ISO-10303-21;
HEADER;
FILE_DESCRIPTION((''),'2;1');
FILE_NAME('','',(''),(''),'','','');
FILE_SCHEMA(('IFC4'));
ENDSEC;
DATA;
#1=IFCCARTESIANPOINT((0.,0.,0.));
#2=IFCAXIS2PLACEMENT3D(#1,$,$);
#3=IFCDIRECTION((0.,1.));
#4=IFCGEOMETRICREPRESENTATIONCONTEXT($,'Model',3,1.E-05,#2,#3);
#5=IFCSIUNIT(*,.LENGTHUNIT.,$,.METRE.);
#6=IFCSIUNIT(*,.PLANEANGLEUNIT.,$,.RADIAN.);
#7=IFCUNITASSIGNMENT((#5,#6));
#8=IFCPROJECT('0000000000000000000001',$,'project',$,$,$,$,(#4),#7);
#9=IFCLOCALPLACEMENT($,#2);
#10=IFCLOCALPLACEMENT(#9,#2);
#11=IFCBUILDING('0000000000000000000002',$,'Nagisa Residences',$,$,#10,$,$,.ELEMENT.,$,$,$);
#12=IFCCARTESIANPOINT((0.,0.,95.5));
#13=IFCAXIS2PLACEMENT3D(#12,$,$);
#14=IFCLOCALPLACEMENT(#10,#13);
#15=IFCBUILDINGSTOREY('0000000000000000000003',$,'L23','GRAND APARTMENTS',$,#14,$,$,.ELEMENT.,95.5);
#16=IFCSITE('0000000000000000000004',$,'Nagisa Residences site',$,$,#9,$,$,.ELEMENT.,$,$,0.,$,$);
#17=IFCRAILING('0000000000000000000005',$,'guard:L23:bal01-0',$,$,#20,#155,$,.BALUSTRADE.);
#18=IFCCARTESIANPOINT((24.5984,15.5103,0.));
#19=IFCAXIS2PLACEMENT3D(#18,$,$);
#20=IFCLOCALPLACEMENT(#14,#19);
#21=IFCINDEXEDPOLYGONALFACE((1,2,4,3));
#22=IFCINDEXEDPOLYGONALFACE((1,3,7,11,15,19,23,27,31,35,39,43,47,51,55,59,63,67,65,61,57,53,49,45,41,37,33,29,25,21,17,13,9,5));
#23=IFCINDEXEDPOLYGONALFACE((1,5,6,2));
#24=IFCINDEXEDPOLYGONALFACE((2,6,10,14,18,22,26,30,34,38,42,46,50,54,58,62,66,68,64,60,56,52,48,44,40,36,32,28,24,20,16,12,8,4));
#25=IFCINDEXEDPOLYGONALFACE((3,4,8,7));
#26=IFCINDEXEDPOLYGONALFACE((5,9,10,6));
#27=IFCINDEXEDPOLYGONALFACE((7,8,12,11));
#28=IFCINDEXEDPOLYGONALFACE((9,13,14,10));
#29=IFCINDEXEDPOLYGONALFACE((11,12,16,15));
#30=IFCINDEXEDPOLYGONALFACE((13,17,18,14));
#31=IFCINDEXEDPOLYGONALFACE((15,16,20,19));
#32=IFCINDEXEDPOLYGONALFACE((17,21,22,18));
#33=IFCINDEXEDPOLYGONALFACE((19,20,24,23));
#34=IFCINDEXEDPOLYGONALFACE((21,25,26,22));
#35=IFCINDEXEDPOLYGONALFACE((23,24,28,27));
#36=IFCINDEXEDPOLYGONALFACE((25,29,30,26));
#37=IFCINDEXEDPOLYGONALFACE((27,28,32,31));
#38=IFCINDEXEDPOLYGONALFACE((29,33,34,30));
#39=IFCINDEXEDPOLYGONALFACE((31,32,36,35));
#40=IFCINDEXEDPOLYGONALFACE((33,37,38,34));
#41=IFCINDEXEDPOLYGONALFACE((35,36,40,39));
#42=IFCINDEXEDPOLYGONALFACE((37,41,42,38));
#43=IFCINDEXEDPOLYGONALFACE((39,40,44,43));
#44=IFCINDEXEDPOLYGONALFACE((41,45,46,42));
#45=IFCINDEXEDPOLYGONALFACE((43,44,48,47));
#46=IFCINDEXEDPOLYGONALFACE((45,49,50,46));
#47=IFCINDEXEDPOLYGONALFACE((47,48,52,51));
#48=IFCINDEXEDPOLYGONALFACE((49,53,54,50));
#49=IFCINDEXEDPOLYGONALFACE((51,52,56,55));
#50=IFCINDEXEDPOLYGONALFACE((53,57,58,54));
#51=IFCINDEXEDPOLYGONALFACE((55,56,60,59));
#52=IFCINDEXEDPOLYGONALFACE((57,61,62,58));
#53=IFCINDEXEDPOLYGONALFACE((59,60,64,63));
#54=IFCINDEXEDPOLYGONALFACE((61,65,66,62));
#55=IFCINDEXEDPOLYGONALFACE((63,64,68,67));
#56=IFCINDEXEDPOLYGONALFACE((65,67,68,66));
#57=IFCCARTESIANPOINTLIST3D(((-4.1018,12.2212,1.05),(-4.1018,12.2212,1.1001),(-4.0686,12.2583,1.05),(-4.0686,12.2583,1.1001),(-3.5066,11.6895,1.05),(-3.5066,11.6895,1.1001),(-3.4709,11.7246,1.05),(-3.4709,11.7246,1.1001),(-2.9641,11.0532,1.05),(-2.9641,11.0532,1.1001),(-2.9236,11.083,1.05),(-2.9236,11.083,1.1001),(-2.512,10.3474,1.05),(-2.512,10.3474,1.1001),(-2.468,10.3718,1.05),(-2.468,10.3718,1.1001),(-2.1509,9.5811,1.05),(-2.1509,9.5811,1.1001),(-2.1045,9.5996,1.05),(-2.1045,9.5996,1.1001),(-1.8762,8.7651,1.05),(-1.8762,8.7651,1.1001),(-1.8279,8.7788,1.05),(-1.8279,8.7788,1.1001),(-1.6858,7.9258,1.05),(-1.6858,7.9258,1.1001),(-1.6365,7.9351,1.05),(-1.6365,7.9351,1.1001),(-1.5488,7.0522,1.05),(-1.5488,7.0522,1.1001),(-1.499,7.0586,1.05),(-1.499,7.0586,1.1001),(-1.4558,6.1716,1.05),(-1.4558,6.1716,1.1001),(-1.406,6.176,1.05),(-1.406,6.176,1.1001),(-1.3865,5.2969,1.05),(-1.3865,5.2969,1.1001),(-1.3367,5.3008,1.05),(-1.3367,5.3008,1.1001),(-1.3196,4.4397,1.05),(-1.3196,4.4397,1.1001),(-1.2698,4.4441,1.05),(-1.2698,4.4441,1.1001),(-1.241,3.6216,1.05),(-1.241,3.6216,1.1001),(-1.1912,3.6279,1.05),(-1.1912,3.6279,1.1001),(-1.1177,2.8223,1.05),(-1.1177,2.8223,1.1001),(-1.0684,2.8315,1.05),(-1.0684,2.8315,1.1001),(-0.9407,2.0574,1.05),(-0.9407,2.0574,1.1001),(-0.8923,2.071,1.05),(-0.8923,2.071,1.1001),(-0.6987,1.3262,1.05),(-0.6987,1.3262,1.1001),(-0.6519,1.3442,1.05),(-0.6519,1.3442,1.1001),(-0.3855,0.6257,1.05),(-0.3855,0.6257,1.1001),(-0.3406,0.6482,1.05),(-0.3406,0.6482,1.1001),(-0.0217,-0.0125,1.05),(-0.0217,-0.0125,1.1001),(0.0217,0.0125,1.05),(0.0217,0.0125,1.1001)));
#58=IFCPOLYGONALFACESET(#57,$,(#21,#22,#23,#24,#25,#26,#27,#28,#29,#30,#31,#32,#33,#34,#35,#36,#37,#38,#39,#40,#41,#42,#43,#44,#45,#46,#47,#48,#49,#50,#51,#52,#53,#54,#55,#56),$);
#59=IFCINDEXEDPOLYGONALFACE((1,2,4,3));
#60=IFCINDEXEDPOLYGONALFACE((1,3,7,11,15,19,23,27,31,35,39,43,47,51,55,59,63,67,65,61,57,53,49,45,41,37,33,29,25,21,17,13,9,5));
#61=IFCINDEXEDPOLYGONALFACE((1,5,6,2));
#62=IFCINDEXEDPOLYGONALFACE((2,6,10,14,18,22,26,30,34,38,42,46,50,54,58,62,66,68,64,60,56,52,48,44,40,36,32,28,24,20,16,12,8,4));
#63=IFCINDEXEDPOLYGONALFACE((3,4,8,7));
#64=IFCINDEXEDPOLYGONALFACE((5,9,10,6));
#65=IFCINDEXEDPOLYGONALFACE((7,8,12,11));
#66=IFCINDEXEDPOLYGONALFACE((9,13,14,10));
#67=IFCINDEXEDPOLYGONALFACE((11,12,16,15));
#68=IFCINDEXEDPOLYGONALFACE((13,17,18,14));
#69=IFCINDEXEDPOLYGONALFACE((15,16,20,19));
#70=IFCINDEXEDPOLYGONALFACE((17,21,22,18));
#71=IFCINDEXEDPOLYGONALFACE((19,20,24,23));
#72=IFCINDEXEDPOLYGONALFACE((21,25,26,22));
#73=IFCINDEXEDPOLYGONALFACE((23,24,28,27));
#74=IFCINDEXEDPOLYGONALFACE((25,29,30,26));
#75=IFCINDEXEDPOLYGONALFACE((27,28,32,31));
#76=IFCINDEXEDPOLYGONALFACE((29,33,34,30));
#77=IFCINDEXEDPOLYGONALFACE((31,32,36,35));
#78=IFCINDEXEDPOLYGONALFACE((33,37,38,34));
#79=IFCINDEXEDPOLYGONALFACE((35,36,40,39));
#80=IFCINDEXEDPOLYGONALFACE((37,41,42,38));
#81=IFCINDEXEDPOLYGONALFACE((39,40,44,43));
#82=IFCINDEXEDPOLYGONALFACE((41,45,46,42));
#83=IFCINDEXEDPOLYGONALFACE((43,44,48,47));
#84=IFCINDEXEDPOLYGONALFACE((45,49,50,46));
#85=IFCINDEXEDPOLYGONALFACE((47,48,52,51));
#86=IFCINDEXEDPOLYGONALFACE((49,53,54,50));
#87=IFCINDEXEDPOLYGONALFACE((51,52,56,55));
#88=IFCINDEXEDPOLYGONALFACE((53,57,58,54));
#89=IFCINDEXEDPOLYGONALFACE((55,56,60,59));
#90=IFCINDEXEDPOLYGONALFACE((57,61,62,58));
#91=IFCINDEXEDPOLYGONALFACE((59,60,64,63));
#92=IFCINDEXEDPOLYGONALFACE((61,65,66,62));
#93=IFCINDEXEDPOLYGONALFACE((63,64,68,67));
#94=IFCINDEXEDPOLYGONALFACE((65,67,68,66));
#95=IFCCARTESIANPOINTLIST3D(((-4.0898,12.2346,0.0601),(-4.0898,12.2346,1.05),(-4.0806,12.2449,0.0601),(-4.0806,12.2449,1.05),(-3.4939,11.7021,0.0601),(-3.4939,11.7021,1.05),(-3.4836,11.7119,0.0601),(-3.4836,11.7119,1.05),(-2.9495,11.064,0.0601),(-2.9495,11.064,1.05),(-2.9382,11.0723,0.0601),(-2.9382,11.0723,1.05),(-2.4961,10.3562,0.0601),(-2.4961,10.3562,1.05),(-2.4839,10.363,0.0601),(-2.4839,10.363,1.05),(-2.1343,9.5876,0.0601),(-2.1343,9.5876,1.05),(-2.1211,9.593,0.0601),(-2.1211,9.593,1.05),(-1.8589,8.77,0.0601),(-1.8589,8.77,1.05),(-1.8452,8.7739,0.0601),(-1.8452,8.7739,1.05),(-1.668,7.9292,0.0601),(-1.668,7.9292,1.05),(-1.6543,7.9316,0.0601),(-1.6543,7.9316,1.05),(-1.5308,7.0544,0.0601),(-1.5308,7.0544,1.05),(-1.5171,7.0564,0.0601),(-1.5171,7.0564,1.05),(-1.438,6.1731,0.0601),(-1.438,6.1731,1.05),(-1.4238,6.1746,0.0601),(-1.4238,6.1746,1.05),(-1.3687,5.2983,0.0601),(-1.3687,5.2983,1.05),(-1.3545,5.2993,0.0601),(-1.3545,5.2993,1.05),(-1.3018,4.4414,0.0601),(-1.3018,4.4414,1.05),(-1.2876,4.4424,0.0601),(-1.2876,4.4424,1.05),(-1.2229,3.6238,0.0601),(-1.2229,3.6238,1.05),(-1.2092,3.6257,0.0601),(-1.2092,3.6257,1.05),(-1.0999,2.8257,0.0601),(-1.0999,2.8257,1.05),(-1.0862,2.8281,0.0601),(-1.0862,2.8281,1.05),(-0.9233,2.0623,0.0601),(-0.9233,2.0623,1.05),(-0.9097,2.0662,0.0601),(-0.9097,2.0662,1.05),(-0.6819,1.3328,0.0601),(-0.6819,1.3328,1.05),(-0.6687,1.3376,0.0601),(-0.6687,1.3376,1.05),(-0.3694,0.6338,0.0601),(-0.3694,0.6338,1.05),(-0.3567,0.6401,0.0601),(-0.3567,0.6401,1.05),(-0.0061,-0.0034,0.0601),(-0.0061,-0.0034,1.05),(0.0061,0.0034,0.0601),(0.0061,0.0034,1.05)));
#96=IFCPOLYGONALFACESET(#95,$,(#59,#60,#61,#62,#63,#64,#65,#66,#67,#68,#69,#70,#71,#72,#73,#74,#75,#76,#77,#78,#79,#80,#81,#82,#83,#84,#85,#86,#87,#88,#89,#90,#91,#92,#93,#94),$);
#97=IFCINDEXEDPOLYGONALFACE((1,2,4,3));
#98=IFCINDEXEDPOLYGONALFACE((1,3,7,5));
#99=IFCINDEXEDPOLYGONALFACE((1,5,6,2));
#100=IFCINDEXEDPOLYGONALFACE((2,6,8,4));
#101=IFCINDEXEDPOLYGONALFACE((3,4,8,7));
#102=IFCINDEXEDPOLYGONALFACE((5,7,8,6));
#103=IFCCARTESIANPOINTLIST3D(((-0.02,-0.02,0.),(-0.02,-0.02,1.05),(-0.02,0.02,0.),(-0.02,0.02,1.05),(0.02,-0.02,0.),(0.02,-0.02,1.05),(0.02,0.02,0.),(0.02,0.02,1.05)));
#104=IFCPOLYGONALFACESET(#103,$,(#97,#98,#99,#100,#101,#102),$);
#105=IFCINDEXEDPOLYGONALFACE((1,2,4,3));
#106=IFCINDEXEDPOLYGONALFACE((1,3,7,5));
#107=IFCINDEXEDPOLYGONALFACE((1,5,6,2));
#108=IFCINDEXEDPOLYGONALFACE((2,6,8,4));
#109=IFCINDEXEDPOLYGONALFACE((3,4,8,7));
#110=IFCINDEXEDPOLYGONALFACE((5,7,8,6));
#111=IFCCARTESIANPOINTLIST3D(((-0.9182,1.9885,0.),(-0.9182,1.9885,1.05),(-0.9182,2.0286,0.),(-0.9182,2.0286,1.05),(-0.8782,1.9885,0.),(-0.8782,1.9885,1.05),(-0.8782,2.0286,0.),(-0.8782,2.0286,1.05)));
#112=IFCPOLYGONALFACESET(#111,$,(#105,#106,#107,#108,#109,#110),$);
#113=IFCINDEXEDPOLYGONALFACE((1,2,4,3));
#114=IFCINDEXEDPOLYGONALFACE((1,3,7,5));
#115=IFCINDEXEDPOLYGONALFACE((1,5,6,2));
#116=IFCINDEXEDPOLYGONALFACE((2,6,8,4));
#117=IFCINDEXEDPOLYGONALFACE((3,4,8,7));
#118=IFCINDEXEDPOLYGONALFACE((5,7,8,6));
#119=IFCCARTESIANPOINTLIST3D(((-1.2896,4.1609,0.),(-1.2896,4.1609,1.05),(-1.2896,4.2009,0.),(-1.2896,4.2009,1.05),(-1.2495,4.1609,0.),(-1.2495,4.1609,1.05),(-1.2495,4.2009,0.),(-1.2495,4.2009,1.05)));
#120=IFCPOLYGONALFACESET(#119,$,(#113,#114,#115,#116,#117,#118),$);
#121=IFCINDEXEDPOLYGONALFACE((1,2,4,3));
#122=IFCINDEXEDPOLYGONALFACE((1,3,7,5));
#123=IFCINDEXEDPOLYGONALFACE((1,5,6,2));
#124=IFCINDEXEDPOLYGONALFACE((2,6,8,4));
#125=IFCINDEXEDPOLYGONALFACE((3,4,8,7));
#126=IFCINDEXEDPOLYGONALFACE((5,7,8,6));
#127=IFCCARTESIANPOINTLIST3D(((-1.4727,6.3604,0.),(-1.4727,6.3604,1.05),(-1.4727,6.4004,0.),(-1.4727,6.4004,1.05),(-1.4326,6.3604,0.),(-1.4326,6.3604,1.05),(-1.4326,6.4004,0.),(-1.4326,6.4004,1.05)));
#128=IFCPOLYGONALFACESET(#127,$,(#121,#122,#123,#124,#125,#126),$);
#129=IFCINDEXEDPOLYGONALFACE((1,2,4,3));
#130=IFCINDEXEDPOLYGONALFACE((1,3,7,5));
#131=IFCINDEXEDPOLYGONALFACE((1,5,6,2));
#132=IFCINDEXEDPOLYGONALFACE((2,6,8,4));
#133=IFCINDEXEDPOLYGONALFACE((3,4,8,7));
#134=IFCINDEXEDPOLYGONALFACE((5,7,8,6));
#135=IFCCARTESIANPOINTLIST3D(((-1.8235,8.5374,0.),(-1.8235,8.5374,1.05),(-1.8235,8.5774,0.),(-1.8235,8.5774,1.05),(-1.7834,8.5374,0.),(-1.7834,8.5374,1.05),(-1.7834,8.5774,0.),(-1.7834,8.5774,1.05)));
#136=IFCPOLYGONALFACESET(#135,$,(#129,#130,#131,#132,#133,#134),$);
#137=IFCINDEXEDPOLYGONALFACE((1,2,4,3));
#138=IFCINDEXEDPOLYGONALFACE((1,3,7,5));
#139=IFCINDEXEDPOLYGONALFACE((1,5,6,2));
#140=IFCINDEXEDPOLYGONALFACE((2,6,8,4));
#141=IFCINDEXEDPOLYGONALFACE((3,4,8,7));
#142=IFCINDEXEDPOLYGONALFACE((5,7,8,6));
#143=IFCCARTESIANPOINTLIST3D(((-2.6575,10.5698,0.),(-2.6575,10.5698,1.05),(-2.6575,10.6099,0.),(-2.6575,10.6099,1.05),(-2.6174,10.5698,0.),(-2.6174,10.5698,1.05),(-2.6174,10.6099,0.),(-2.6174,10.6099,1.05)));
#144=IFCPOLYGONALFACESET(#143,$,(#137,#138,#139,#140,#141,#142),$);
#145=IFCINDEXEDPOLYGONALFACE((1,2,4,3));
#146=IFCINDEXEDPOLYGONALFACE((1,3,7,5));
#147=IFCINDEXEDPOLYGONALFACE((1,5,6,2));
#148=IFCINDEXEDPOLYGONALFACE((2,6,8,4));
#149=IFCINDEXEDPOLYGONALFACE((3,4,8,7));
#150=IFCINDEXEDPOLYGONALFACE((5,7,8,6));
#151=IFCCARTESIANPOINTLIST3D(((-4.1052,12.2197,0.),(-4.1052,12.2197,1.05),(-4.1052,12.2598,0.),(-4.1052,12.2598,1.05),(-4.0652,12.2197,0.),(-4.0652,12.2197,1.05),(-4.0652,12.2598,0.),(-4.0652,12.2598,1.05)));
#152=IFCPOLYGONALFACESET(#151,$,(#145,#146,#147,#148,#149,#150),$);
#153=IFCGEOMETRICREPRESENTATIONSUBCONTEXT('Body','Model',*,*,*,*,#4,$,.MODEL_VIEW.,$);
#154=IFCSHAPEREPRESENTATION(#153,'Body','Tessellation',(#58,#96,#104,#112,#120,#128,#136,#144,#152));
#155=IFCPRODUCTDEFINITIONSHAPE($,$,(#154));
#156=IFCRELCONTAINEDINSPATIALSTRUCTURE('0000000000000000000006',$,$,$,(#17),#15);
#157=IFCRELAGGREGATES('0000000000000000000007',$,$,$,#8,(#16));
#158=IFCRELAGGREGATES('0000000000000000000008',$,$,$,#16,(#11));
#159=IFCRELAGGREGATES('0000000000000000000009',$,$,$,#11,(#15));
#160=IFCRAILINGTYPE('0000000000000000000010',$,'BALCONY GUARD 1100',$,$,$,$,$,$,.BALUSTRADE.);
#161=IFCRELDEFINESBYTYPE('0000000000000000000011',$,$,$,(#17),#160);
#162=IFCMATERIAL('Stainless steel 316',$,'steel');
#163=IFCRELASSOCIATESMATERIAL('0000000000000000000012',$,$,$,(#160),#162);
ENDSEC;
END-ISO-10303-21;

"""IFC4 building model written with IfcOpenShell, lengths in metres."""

from ifc_helpers import new_model, si_unit, direction, frame, origin, origin_2d, place, context, subcontext, project, spatial, polyline, rectangle, outline, extrude, material, type_object, element, save


model = new_model("IFC4")

# Units and contexts
model_context = context("Model", 3, precision=1e-05, world=origin(), true_north=direction((0.0, 1.0)))
body_context = subcontext(model_context, "Body", "Model", "MODEL_VIEW")
ifc_project = project(units=[si_unit("LENGTHUNIT", "METRE"), si_unit("PLANEANGLEUNIT", "RADIAN")], contexts=[model_context])

# Site, building, storey
site_placement = place(None, origin())
site = spatial("IfcSite", under=ifc_project, at=site_placement, Name="Nagisa Residences site", CompositionType="ELEMENT", RefElevation=0.0)
building_placement = place(site_placement, origin())
building = spatial("IfcBuilding", under=site, at=building_placement, Name="Nagisa Residences", CompositionType="ELEMENT")
storey_placement = place(building_placement, frame((0.0, 0.0, 95.5)))
storey = spatial("IfcBuildingStorey", under=building, at=storey_placement, Name="L23", Description="GRAND APARTMENTS", CompositionType="ELEMENT", Elevation=95.5)

# Railing
ifc_material_1 = material(Name="Stainless steel 316", Category="steel")
railing_type = type_object("IfcRailingType", Name="BALCONY GUARD 1100", PredefinedType="BALUSTRADE", material=ifc_material_1)
railing_1_placement = place(storey_placement, frame((24.5984, 15.5103, 0.0)))
element("IfcRailing", 1, at=railing_1_placement, inside=storey, type_object=railing_type, Name="guard:L23:bal01-0", PredefinedType="BALUSTRADE", context=body_context, shape_type="SweptSolid", body=[
    extrude(outline(polyline([(-0.3855, 0.6257), (-0.0217, -0.0125), (0.0217, 0.0125), (-0.3406, 0.6482), (-0.6519, 1.3442), (-0.8923, 2.071), (-1.0684, 2.8315), (-1.1912, 3.6279), (-1.2698, 4.4441), (-1.3367, 5.3008), (-1.406, 6.176), (-1.499, 7.0586), (-1.6365, 7.9351), (-1.8279, 8.7788), (-2.1045, 9.5996), (-2.468, 10.3718), (-2.9236, 11.083), (-3.4709, 11.7246), (-4.0686, 12.2583), (-4.1018, 12.2212), (-3.5066, 11.6895), (-2.9641, 11.0532), (-2.512, 10.3474), (-2.1509, 9.5811), (-1.8762, 8.7651), (-1.6858, 7.9258), (-1.5488, 7.0522), (-1.4558, 6.1716), (-1.3865, 5.2969), (-1.3196, 4.4397), (-1.241, 3.6216), (-1.1177, 2.8223), (-0.9407, 2.0574), (-0.6987, 1.3262), (-0.3855, 0.6257)])), frame((0.0, 0.0, 1.05)), (0.0, 0.0, 1.0), 0.05),
    extrude(outline(polyline([(-0.3694, 0.6338), (-0.0061, -0.0034), (0.0061, 0.0034), (-0.3567, 0.6401), (-0.6687, 1.3376), (-0.9097, 2.0662), (-1.0862, 2.8281), (-1.2092, 3.6257), (-1.2876, 4.4424), (-1.3545, 5.2993), (-1.4238, 6.1746), (-1.5171, 7.0564), (-1.6543, 7.9316), (-1.8452, 8.7739), (-2.1211, 9.593), (-2.4839, 10.363), (-2.9382, 11.0723), (-3.4836, 11.7119), (-4.0806, 12.2449), (-4.0898, 12.2346), (-3.4939, 11.7021), (-2.9495, 11.064), (-2.4961, 10.3562), (-2.1343, 9.5876), (-1.8589, 8.77), (-1.668, 7.9292), (-1.5308, 7.0544), (-1.438, 6.1731), (-1.3687, 5.2983), (-1.3018, 4.4414), (-1.2229, 3.6238), (-1.0999, 2.8257), (-0.9233, 2.0623), (-0.6819, 1.3328), (-0.3694, 0.6338)])), frame((0.0, 0.0, 0.0601)), (0.0, 0.0, 1.0), 0.99),
    extrude(rectangle(XDim=0.04, YDim=0.04, at=origin_2d()), origin(), (0.0, 0.0, 1.0), 1.05),
    extrude(rectangle(XDim=0.04, YDim=0.04, at=origin_2d()), frame((-0.8982, 2.0085, 0.0)), (0.0, 0.0, 1.0), 1.05),
    extrude(rectangle(XDim=0.04, YDim=0.04, at=origin_2d()), frame((-1.2695, 4.1809, 0.0)), (0.0, 0.0, 1.0), 1.05),
    extrude(rectangle(XDim=0.04, YDim=0.04, at=origin_2d()), frame((-1.4526, 6.3804, 0.0)), (0.0, 0.0, 1.0), 1.05),
    extrude(rectangle(XDim=0.04, YDim=0.04, at=origin_2d()), frame((-1.8035, 8.5574, 0.0)), (0.0, 0.0, 1.0), 1.05),
    extrude(rectangle(XDim=0.04, YDim=0.04, at=origin_2d()), frame((-2.6375, 10.5898, 0.0)), (0.0, 0.0, 1.0), 1.05),
    extrude(rectangle(XDim=0.04, YDim=0.04, at=origin_2d()), frame((-4.0852, 12.2397, 0.0)), (0.0, 0.0, 1.0), 1.05),
])

save(model, "model.ifc")
